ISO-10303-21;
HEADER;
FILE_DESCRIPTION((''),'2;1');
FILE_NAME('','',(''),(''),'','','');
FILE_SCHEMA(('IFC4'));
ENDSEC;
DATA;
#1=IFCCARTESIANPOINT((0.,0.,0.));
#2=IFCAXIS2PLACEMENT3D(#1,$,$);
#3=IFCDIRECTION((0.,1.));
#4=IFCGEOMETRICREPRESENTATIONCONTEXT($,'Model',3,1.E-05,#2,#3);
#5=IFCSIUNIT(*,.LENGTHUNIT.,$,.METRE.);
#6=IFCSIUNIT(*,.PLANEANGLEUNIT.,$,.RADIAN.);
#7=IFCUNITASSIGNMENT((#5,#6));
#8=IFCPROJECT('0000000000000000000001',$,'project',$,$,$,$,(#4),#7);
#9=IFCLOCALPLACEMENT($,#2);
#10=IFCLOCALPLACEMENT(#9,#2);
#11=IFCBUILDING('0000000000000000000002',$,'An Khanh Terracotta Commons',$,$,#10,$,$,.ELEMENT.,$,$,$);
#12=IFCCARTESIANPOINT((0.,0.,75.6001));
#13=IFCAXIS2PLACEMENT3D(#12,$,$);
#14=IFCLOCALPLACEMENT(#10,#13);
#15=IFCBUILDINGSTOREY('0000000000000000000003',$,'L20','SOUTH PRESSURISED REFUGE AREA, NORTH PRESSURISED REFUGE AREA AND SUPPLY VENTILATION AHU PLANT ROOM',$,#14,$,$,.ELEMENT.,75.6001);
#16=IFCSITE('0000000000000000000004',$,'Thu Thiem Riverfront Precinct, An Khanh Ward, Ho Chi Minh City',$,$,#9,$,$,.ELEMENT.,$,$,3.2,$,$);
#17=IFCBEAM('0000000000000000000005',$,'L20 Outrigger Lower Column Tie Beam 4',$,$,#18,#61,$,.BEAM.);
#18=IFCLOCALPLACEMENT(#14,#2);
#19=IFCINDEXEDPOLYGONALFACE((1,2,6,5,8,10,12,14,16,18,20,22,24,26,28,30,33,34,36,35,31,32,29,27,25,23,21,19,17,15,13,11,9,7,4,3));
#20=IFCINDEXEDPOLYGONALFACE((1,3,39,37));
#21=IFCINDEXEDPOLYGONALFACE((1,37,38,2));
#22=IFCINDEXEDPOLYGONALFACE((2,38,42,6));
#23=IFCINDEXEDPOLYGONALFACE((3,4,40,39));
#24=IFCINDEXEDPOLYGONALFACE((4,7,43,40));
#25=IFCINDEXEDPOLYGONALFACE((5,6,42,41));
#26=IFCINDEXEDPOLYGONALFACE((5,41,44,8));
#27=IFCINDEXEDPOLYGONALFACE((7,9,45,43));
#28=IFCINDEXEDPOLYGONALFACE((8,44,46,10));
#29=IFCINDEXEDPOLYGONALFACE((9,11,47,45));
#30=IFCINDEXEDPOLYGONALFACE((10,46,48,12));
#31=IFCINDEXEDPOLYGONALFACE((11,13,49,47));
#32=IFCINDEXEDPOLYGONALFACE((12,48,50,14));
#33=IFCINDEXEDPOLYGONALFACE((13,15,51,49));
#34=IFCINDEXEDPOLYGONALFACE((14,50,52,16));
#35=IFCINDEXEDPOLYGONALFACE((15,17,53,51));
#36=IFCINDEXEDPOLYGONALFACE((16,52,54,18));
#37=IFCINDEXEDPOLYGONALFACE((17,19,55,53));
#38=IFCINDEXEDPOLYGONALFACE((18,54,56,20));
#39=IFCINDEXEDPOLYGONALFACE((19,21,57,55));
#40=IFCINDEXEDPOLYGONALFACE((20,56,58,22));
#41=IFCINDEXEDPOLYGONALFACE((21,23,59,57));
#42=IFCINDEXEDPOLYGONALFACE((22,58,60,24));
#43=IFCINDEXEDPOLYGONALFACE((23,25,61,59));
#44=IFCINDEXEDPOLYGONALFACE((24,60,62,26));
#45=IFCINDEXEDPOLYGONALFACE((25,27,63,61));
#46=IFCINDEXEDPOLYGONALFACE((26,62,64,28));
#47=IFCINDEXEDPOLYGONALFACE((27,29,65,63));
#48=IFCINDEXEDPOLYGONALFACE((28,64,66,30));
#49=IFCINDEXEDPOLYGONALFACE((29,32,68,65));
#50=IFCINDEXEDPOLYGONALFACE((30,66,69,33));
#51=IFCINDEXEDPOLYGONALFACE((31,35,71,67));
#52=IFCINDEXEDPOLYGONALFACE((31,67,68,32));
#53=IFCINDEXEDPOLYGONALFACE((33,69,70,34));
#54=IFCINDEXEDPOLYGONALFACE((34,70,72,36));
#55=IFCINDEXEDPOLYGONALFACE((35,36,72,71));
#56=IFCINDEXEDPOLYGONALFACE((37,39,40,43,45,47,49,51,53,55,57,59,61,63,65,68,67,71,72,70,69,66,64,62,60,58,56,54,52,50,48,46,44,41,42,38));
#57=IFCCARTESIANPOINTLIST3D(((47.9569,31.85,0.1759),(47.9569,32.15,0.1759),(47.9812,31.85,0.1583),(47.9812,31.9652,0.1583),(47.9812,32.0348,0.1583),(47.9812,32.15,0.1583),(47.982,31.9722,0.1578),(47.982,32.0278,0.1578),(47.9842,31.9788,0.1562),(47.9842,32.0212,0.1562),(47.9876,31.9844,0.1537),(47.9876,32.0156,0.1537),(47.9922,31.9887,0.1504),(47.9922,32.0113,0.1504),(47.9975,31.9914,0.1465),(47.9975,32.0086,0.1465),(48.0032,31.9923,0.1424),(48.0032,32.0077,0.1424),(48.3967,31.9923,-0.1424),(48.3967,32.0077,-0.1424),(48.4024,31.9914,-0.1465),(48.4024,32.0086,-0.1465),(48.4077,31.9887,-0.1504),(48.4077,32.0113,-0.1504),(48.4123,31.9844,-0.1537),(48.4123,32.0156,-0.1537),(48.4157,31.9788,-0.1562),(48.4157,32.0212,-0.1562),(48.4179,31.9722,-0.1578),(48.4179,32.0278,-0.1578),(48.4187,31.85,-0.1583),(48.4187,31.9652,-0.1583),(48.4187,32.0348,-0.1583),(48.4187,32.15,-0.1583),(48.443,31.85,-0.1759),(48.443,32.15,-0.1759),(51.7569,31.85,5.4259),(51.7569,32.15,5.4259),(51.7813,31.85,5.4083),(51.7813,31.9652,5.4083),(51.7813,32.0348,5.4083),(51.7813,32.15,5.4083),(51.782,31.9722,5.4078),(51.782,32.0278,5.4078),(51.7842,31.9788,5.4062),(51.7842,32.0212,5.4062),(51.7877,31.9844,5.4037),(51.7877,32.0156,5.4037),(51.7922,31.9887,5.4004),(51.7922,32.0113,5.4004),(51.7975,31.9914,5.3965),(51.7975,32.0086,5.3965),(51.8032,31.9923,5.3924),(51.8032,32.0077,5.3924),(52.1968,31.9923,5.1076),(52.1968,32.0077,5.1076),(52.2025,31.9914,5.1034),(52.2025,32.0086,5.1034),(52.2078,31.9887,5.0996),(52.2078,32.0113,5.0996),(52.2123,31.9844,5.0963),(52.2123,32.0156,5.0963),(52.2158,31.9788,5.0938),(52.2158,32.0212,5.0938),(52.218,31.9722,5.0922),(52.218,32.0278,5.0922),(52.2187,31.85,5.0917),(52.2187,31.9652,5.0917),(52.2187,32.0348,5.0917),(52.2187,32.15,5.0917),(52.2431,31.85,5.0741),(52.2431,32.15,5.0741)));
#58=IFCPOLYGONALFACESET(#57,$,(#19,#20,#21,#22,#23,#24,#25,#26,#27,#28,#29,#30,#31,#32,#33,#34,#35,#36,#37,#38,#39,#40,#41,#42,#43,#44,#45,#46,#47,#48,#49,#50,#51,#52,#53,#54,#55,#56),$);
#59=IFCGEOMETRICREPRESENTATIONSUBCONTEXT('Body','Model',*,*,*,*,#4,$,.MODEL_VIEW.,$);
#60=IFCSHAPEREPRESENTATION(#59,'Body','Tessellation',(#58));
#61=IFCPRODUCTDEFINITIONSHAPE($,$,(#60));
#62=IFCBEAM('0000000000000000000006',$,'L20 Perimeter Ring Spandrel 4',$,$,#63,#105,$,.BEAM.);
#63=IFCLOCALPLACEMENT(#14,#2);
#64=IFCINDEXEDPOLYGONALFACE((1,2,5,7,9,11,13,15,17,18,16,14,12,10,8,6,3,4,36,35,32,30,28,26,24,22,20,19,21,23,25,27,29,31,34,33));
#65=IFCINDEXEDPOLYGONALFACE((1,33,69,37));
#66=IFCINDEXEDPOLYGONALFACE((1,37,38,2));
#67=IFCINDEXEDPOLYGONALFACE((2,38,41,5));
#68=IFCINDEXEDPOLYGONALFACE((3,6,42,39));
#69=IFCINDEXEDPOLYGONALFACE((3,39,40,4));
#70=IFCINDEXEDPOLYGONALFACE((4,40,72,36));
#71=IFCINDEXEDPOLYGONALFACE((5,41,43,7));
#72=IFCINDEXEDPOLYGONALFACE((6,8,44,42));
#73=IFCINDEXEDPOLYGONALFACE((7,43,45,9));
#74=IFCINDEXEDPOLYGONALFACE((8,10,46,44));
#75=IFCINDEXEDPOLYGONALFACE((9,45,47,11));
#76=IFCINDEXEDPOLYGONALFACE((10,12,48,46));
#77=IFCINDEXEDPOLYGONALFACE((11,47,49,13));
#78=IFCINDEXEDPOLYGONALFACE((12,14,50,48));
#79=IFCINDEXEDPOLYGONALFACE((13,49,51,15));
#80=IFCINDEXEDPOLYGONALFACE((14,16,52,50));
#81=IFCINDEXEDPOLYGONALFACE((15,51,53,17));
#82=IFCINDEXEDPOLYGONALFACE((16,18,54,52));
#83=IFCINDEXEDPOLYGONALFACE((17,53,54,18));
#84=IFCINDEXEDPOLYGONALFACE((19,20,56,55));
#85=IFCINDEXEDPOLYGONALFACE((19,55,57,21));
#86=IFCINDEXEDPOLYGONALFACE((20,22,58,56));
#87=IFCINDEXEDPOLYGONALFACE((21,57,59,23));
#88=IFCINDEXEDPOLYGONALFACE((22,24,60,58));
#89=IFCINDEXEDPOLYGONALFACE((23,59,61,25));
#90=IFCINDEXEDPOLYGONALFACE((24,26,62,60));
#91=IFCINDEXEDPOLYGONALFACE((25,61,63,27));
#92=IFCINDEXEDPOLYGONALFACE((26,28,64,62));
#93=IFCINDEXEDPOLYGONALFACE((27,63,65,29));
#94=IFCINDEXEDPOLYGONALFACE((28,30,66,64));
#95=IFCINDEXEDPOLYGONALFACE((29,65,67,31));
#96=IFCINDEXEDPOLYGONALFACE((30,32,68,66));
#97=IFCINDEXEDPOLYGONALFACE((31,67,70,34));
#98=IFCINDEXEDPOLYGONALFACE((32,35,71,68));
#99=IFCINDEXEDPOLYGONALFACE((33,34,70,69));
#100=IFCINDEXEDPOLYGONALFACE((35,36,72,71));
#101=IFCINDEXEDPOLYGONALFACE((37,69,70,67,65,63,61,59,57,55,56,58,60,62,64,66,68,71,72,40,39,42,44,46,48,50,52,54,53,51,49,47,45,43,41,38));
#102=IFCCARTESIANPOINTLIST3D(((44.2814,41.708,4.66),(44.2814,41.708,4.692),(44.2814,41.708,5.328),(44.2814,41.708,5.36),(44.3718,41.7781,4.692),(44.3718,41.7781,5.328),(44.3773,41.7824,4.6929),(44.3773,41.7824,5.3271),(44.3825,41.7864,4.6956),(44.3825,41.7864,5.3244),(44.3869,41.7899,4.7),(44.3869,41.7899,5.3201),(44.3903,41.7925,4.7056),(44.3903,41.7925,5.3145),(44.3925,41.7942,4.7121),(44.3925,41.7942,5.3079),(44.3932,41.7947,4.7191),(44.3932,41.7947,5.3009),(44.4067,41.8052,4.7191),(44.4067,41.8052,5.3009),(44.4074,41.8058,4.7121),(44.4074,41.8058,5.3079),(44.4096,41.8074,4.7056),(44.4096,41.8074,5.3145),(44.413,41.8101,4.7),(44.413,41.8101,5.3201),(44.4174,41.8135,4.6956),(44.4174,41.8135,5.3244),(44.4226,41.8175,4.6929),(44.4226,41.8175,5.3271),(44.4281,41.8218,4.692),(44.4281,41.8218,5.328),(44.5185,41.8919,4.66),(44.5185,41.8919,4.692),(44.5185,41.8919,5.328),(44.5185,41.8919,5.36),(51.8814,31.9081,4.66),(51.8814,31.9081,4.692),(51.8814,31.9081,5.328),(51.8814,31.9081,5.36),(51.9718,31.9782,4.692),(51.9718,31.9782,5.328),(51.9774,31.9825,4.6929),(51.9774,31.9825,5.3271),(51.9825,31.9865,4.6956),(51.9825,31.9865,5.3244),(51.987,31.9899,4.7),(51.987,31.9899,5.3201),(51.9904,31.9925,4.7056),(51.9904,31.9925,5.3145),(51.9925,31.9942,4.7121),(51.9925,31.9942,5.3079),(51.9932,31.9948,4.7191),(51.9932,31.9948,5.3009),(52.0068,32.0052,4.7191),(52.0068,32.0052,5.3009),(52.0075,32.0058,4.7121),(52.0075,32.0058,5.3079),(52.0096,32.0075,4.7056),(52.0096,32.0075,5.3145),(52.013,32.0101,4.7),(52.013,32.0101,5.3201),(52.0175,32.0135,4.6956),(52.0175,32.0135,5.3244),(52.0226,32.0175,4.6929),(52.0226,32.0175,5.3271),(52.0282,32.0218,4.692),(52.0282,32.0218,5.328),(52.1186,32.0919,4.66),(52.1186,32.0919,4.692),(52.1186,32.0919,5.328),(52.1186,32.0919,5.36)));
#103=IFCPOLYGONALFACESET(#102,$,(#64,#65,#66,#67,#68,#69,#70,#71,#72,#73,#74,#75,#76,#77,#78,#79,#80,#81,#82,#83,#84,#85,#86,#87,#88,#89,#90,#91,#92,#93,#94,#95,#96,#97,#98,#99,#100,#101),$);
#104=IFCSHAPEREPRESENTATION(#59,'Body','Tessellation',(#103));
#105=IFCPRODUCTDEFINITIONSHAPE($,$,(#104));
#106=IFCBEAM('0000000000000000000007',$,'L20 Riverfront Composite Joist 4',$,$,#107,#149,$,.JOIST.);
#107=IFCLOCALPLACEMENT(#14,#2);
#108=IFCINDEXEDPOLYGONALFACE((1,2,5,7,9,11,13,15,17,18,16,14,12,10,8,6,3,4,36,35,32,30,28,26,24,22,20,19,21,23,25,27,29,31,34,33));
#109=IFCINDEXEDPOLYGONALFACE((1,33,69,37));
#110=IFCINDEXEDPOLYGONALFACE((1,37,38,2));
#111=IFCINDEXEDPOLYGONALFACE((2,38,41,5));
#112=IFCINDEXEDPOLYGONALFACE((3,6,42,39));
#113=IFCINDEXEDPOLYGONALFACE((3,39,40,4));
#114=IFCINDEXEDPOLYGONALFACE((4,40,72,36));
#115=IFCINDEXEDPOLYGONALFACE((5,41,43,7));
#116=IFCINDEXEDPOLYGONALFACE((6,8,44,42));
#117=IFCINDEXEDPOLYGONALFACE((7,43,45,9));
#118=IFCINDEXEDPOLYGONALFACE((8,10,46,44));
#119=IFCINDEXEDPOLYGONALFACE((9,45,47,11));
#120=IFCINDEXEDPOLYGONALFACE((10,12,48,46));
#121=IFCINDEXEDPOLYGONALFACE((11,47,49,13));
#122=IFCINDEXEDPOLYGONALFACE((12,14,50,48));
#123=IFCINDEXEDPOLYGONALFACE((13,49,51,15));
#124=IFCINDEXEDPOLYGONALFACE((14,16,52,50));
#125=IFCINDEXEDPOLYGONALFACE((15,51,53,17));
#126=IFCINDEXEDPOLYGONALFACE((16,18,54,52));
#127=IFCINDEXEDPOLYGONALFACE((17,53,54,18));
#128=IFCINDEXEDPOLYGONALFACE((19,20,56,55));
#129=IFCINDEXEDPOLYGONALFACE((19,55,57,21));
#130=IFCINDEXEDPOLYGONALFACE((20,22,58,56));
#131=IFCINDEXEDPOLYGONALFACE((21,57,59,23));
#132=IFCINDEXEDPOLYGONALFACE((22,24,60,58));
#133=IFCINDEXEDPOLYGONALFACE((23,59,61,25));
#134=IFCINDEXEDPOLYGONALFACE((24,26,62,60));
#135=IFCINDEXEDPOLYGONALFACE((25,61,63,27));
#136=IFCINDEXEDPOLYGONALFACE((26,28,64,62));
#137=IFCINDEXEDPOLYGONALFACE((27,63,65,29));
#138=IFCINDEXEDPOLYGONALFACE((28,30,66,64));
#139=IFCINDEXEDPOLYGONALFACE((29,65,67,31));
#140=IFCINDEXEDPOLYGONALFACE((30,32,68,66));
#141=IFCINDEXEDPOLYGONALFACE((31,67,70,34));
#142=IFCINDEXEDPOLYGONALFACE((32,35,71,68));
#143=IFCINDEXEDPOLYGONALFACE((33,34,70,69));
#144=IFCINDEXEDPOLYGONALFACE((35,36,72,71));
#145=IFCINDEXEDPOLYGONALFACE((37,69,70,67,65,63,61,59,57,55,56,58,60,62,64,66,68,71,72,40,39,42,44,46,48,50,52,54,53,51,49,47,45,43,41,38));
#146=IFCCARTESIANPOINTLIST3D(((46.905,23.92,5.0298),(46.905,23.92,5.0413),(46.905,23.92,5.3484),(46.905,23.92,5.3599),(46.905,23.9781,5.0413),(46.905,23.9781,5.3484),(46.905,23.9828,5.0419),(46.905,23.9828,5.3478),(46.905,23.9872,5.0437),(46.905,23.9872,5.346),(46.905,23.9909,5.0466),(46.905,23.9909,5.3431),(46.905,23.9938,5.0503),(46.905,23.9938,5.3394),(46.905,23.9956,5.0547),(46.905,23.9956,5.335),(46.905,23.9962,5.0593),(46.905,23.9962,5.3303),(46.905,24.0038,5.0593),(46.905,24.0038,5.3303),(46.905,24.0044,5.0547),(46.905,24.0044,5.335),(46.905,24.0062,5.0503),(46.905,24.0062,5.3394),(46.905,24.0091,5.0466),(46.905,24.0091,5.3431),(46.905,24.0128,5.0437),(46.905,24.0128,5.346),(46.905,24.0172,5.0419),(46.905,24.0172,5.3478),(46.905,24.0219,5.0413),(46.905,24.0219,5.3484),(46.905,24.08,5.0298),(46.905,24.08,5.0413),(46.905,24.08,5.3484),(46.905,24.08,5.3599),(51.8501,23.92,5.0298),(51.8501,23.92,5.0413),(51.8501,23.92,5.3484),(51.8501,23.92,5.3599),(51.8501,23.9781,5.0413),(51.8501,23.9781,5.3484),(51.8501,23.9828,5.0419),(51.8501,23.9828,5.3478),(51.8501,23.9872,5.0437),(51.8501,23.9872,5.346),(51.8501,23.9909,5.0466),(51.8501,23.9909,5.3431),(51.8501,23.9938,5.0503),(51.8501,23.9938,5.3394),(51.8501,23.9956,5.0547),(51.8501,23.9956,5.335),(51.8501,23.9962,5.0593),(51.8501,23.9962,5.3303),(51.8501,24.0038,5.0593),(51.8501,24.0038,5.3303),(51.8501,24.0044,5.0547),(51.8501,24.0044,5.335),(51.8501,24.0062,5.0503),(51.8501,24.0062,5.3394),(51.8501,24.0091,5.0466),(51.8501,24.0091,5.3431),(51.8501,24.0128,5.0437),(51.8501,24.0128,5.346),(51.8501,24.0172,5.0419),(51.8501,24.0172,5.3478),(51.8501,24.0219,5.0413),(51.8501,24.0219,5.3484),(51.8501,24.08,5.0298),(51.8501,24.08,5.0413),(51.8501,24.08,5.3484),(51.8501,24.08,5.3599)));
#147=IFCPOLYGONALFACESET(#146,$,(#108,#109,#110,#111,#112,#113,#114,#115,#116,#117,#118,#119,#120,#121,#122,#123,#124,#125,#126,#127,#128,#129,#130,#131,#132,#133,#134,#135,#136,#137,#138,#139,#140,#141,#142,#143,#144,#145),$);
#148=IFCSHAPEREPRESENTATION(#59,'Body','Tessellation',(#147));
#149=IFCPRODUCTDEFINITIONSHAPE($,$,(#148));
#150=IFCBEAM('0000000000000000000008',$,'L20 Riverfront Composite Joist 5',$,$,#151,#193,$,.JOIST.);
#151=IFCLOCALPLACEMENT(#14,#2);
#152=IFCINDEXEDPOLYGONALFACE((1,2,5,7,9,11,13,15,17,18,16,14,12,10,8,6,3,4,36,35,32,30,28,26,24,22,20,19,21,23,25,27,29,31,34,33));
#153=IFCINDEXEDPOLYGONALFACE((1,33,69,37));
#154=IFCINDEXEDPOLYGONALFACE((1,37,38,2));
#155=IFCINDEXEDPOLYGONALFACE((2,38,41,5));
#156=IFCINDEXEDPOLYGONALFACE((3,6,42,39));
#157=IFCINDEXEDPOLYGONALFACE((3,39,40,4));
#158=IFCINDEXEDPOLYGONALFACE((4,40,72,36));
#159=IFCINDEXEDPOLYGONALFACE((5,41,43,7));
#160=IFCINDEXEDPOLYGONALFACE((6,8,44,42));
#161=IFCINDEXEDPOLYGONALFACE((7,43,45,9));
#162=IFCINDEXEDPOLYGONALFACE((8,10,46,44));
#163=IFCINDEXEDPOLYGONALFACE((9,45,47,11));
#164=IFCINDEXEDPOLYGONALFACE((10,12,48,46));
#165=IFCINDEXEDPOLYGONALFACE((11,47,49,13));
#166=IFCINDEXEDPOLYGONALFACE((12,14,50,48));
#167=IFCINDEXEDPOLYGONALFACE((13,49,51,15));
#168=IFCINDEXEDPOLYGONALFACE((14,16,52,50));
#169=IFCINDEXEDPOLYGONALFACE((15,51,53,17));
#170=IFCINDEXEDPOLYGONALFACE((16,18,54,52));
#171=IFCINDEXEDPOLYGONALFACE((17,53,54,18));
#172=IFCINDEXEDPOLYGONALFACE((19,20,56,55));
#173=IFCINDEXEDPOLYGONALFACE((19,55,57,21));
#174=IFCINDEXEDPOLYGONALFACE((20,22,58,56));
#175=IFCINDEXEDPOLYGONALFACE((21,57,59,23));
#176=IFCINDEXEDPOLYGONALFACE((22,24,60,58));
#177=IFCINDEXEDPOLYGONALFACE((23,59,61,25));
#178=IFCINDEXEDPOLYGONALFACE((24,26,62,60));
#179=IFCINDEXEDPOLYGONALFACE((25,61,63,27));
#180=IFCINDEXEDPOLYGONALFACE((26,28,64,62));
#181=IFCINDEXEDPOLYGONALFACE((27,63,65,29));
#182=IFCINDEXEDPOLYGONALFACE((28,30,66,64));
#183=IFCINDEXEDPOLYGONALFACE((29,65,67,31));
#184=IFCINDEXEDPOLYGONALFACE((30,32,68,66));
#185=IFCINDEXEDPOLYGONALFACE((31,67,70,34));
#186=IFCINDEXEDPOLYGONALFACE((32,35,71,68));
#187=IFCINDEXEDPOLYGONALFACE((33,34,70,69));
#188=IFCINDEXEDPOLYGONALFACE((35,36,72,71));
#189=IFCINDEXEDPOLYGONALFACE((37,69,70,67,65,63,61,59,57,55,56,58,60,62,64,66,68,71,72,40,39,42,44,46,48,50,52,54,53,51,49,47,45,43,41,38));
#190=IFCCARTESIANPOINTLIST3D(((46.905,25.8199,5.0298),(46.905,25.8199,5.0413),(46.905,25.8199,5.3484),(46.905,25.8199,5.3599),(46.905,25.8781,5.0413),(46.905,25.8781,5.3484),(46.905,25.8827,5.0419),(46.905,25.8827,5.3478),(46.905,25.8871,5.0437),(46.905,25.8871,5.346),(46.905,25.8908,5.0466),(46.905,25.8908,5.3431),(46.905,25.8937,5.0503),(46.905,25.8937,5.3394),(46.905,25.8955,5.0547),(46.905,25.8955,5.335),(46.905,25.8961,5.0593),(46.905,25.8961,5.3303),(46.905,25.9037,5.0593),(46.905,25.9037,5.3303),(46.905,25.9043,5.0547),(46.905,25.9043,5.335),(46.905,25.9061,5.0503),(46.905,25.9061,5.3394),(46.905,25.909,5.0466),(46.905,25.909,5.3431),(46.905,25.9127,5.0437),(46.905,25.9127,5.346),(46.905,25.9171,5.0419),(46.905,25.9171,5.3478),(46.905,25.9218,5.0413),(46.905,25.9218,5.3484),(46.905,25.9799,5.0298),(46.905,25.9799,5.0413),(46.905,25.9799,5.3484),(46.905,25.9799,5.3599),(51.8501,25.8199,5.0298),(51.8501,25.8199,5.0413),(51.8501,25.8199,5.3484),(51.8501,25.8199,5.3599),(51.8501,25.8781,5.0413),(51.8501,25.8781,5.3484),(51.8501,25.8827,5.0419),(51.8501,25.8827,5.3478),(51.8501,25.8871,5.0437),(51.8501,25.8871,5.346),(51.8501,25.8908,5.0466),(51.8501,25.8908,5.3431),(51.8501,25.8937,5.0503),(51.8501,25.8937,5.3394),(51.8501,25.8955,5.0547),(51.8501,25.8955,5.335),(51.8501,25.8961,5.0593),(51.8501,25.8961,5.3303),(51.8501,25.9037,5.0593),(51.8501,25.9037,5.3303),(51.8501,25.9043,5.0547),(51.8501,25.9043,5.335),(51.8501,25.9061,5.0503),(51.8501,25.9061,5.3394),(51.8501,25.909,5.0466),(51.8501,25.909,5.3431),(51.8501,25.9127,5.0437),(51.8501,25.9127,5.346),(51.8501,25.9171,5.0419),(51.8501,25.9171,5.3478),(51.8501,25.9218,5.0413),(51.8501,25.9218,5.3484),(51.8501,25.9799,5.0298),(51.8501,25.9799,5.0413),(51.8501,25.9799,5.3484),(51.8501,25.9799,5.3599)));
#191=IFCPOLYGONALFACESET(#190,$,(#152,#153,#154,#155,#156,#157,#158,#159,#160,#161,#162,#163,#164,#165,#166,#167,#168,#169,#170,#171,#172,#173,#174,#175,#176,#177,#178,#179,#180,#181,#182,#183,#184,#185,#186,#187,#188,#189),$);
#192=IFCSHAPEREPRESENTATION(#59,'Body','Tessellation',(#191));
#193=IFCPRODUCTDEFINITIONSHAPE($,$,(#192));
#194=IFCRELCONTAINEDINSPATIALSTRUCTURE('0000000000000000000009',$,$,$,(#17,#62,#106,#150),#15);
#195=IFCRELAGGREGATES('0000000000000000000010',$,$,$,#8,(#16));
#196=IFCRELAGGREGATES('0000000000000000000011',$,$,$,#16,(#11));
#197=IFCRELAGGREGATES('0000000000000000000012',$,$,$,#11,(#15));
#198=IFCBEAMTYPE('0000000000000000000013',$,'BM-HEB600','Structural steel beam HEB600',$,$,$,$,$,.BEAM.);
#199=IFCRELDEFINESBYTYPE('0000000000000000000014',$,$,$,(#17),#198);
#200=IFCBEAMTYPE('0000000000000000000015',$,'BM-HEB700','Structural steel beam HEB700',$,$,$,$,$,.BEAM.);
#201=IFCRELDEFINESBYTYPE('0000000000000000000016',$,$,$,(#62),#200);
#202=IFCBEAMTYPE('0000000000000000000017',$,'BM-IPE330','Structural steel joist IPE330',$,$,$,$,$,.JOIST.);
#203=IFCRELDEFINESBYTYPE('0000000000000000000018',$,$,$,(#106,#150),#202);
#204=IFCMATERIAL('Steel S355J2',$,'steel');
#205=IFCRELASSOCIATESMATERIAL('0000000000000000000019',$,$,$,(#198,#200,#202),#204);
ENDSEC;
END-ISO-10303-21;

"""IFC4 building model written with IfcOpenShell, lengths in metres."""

from ifc_helpers import new_model, si_unit, direction, frame, origin, origin_2d, place, context, subcontext, project, spatial, i_section, extrude, material, material_profile, profile_set, type_object, element, save


model = new_model("IFC4")

# Units and contexts
model_context = context("Model", 3, precision=1e-05, world=origin(), true_north=direction((0.0, 1.0)))
body_context = subcontext(model_context, "Body", "Model", "MODEL_VIEW")
ifc_project = project(units=[si_unit("LENGTHUNIT", "METRE"), si_unit("PLANEANGLEUNIT", "RADIAN")], contexts=[model_context])

# Site, building, storey
site_placement = place(None, origin())
site = spatial("IfcSite", under=ifc_project, at=site_placement, Name="Thu Thiem Riverfront Precinct, An Khanh Ward, Ho Chi Minh City", CompositionType="ELEMENT", RefElevation=3.2)
building_placement = place(site_placement, origin())
building = spatial("IfcBuilding", under=site, at=building_placement, Name="An Khanh Terracotta Commons", CompositionType="ELEMENT")
storey_placement = place(building_placement, frame((0.0, 0.0, 75.6001)))
storey = spatial("IfcBuildingStorey", under=building, at=storey_placement, Name="L20", Description="SOUTH PRESSURISED REFUGE AREA, NORTH PRESSURISED REFUGE AREA AND SUPPLY VENTILATION AHU PLANT ROOM", CompositionType="ELEMENT", Elevation=75.6001)

# Beams
ifc_material_1 = material(Name="Steel S355J2", Category="steel")
ifc_material_profile_1 = material_profile(ifc_material_1, i_section(OverallWidth=0.3, OverallDepth=0.6001, WebThickness=0.0154, FlangeThickness=0.03, FilletRadius=0.0271, at=origin_2d()), Name="HEB600")
ifc_profile_set_1 = profile_set([ifc_material_profile_1], Name="Steel S355J2")
beam_type_1 = type_object("IfcBeamType", Name="BM-HEB600", Description="Structural steel beam HEB600", PredefinedType="BEAM", material=ifc_profile_set_1)
beam_1_placement = place(storey_placement, frame((48.2, 32.0, 0.0), z_axis=(0.58634, 0.0, 0.810065), x_axis=(0.0, 1.0, 0.0)))
element("IfcBeam", 1, at=beam_1_placement, inside=storey, type_object=beam_type_1, Name="L20 Outrigger Lower Column Tie Beam 4", PredefinedType="BEAM", context=body_context, shape_type="SweptSolid", body=[
    extrude(i_section(OverallWidth=0.3, OverallDepth=0.6001, WebThickness=0.0154, FlangeThickness=0.03, FilletRadius=0.0271, at=origin_2d()), origin(), (0.0, 0.0, 1.0), 6.481),
])
ifc_material_profile_2 = material_profile(ifc_material_1, i_section(OverallWidth=0.3, OverallDepth=0.7, WebThickness=0.0171, FlangeThickness=0.032, FilletRadius=0.0271, at=origin_2d()), Name="HEB700")
ifc_profile_set_2 = profile_set([ifc_material_profile_2], Name="Steel S355J2")
beam_type_2 = type_object("IfcBeamType", Name="BM-HEB700", Description="Structural steel beam HEB700", PredefinedType="BEAM", material=ifc_profile_set_2)
beam_2_placement = place(storey_placement, frame((52.0, 32.0, 5.01), z_axis=(-0.612827, 0.790217, 0.0), x_axis=(-0.790217, -0.612827, 0.0)))
element("IfcBeam", 2, at=beam_2_placement, inside=storey, type_object=beam_type_2, Name="L20 Perimeter Ring Spandrel 4", PredefinedType="BEAM", context=body_context, shape_type="SweptSolid", body=[
    extrude(i_section(OverallWidth=0.3, OverallDepth=0.7, WebThickness=0.0171, FlangeThickness=0.032, FilletRadius=0.0271, at=origin_2d()), origin(), (0.0, 0.0, 1.0), 12.4016),
])
ifc_material_profile_3 = material_profile(ifc_material_1, i_section(OverallWidth=0.1599, OverallDepth=0.3301, WebThickness=0.0076, FlangeThickness=0.0115, FilletRadius=0.0181, at=origin_2d()), Name="IPE330")
ifc_profile_set_3 = profile_set([ifc_material_profile_3], Name="Steel S355J2")
beam_type_3 = type_object("IfcBeamType", Name="BM-IPE330", Description="Structural steel joist IPE330", PredefinedType="JOIST", material=ifc_profile_set_3)
for number, where, z_axis, x_axis, name in (
    (3, (46.905, 24.0, 5.1948), (1.0, 0.0, 0.0), (0.0, 1.0, 0.0), "L20 Riverfront Composite Joist 4"),
    (4, (46.905, 25.8999, 5.1948), (1.0, 0.0, 0.0), (0.0, 1.0, 0.0), "L20 Riverfront Composite Joist 5"),
):
    element("IfcBeam", number, at=place(storey_placement, frame(where, z_axis=z_axis, x_axis=x_axis)), inside=storey, type_object=beam_type_3, Name=name, PredefinedType="JOIST", context=body_context, shape_type="SweptSolid", body=[
        extrude(i_section(OverallWidth=0.1599, OverallDepth=0.3301, WebThickness=0.0076, FlangeThickness=0.0115, FilletRadius=0.0181, at=origin_2d()), origin(), (0.0, 0.0, 1.0), 4.9451),
    ])

save(model, "model.ifc")
